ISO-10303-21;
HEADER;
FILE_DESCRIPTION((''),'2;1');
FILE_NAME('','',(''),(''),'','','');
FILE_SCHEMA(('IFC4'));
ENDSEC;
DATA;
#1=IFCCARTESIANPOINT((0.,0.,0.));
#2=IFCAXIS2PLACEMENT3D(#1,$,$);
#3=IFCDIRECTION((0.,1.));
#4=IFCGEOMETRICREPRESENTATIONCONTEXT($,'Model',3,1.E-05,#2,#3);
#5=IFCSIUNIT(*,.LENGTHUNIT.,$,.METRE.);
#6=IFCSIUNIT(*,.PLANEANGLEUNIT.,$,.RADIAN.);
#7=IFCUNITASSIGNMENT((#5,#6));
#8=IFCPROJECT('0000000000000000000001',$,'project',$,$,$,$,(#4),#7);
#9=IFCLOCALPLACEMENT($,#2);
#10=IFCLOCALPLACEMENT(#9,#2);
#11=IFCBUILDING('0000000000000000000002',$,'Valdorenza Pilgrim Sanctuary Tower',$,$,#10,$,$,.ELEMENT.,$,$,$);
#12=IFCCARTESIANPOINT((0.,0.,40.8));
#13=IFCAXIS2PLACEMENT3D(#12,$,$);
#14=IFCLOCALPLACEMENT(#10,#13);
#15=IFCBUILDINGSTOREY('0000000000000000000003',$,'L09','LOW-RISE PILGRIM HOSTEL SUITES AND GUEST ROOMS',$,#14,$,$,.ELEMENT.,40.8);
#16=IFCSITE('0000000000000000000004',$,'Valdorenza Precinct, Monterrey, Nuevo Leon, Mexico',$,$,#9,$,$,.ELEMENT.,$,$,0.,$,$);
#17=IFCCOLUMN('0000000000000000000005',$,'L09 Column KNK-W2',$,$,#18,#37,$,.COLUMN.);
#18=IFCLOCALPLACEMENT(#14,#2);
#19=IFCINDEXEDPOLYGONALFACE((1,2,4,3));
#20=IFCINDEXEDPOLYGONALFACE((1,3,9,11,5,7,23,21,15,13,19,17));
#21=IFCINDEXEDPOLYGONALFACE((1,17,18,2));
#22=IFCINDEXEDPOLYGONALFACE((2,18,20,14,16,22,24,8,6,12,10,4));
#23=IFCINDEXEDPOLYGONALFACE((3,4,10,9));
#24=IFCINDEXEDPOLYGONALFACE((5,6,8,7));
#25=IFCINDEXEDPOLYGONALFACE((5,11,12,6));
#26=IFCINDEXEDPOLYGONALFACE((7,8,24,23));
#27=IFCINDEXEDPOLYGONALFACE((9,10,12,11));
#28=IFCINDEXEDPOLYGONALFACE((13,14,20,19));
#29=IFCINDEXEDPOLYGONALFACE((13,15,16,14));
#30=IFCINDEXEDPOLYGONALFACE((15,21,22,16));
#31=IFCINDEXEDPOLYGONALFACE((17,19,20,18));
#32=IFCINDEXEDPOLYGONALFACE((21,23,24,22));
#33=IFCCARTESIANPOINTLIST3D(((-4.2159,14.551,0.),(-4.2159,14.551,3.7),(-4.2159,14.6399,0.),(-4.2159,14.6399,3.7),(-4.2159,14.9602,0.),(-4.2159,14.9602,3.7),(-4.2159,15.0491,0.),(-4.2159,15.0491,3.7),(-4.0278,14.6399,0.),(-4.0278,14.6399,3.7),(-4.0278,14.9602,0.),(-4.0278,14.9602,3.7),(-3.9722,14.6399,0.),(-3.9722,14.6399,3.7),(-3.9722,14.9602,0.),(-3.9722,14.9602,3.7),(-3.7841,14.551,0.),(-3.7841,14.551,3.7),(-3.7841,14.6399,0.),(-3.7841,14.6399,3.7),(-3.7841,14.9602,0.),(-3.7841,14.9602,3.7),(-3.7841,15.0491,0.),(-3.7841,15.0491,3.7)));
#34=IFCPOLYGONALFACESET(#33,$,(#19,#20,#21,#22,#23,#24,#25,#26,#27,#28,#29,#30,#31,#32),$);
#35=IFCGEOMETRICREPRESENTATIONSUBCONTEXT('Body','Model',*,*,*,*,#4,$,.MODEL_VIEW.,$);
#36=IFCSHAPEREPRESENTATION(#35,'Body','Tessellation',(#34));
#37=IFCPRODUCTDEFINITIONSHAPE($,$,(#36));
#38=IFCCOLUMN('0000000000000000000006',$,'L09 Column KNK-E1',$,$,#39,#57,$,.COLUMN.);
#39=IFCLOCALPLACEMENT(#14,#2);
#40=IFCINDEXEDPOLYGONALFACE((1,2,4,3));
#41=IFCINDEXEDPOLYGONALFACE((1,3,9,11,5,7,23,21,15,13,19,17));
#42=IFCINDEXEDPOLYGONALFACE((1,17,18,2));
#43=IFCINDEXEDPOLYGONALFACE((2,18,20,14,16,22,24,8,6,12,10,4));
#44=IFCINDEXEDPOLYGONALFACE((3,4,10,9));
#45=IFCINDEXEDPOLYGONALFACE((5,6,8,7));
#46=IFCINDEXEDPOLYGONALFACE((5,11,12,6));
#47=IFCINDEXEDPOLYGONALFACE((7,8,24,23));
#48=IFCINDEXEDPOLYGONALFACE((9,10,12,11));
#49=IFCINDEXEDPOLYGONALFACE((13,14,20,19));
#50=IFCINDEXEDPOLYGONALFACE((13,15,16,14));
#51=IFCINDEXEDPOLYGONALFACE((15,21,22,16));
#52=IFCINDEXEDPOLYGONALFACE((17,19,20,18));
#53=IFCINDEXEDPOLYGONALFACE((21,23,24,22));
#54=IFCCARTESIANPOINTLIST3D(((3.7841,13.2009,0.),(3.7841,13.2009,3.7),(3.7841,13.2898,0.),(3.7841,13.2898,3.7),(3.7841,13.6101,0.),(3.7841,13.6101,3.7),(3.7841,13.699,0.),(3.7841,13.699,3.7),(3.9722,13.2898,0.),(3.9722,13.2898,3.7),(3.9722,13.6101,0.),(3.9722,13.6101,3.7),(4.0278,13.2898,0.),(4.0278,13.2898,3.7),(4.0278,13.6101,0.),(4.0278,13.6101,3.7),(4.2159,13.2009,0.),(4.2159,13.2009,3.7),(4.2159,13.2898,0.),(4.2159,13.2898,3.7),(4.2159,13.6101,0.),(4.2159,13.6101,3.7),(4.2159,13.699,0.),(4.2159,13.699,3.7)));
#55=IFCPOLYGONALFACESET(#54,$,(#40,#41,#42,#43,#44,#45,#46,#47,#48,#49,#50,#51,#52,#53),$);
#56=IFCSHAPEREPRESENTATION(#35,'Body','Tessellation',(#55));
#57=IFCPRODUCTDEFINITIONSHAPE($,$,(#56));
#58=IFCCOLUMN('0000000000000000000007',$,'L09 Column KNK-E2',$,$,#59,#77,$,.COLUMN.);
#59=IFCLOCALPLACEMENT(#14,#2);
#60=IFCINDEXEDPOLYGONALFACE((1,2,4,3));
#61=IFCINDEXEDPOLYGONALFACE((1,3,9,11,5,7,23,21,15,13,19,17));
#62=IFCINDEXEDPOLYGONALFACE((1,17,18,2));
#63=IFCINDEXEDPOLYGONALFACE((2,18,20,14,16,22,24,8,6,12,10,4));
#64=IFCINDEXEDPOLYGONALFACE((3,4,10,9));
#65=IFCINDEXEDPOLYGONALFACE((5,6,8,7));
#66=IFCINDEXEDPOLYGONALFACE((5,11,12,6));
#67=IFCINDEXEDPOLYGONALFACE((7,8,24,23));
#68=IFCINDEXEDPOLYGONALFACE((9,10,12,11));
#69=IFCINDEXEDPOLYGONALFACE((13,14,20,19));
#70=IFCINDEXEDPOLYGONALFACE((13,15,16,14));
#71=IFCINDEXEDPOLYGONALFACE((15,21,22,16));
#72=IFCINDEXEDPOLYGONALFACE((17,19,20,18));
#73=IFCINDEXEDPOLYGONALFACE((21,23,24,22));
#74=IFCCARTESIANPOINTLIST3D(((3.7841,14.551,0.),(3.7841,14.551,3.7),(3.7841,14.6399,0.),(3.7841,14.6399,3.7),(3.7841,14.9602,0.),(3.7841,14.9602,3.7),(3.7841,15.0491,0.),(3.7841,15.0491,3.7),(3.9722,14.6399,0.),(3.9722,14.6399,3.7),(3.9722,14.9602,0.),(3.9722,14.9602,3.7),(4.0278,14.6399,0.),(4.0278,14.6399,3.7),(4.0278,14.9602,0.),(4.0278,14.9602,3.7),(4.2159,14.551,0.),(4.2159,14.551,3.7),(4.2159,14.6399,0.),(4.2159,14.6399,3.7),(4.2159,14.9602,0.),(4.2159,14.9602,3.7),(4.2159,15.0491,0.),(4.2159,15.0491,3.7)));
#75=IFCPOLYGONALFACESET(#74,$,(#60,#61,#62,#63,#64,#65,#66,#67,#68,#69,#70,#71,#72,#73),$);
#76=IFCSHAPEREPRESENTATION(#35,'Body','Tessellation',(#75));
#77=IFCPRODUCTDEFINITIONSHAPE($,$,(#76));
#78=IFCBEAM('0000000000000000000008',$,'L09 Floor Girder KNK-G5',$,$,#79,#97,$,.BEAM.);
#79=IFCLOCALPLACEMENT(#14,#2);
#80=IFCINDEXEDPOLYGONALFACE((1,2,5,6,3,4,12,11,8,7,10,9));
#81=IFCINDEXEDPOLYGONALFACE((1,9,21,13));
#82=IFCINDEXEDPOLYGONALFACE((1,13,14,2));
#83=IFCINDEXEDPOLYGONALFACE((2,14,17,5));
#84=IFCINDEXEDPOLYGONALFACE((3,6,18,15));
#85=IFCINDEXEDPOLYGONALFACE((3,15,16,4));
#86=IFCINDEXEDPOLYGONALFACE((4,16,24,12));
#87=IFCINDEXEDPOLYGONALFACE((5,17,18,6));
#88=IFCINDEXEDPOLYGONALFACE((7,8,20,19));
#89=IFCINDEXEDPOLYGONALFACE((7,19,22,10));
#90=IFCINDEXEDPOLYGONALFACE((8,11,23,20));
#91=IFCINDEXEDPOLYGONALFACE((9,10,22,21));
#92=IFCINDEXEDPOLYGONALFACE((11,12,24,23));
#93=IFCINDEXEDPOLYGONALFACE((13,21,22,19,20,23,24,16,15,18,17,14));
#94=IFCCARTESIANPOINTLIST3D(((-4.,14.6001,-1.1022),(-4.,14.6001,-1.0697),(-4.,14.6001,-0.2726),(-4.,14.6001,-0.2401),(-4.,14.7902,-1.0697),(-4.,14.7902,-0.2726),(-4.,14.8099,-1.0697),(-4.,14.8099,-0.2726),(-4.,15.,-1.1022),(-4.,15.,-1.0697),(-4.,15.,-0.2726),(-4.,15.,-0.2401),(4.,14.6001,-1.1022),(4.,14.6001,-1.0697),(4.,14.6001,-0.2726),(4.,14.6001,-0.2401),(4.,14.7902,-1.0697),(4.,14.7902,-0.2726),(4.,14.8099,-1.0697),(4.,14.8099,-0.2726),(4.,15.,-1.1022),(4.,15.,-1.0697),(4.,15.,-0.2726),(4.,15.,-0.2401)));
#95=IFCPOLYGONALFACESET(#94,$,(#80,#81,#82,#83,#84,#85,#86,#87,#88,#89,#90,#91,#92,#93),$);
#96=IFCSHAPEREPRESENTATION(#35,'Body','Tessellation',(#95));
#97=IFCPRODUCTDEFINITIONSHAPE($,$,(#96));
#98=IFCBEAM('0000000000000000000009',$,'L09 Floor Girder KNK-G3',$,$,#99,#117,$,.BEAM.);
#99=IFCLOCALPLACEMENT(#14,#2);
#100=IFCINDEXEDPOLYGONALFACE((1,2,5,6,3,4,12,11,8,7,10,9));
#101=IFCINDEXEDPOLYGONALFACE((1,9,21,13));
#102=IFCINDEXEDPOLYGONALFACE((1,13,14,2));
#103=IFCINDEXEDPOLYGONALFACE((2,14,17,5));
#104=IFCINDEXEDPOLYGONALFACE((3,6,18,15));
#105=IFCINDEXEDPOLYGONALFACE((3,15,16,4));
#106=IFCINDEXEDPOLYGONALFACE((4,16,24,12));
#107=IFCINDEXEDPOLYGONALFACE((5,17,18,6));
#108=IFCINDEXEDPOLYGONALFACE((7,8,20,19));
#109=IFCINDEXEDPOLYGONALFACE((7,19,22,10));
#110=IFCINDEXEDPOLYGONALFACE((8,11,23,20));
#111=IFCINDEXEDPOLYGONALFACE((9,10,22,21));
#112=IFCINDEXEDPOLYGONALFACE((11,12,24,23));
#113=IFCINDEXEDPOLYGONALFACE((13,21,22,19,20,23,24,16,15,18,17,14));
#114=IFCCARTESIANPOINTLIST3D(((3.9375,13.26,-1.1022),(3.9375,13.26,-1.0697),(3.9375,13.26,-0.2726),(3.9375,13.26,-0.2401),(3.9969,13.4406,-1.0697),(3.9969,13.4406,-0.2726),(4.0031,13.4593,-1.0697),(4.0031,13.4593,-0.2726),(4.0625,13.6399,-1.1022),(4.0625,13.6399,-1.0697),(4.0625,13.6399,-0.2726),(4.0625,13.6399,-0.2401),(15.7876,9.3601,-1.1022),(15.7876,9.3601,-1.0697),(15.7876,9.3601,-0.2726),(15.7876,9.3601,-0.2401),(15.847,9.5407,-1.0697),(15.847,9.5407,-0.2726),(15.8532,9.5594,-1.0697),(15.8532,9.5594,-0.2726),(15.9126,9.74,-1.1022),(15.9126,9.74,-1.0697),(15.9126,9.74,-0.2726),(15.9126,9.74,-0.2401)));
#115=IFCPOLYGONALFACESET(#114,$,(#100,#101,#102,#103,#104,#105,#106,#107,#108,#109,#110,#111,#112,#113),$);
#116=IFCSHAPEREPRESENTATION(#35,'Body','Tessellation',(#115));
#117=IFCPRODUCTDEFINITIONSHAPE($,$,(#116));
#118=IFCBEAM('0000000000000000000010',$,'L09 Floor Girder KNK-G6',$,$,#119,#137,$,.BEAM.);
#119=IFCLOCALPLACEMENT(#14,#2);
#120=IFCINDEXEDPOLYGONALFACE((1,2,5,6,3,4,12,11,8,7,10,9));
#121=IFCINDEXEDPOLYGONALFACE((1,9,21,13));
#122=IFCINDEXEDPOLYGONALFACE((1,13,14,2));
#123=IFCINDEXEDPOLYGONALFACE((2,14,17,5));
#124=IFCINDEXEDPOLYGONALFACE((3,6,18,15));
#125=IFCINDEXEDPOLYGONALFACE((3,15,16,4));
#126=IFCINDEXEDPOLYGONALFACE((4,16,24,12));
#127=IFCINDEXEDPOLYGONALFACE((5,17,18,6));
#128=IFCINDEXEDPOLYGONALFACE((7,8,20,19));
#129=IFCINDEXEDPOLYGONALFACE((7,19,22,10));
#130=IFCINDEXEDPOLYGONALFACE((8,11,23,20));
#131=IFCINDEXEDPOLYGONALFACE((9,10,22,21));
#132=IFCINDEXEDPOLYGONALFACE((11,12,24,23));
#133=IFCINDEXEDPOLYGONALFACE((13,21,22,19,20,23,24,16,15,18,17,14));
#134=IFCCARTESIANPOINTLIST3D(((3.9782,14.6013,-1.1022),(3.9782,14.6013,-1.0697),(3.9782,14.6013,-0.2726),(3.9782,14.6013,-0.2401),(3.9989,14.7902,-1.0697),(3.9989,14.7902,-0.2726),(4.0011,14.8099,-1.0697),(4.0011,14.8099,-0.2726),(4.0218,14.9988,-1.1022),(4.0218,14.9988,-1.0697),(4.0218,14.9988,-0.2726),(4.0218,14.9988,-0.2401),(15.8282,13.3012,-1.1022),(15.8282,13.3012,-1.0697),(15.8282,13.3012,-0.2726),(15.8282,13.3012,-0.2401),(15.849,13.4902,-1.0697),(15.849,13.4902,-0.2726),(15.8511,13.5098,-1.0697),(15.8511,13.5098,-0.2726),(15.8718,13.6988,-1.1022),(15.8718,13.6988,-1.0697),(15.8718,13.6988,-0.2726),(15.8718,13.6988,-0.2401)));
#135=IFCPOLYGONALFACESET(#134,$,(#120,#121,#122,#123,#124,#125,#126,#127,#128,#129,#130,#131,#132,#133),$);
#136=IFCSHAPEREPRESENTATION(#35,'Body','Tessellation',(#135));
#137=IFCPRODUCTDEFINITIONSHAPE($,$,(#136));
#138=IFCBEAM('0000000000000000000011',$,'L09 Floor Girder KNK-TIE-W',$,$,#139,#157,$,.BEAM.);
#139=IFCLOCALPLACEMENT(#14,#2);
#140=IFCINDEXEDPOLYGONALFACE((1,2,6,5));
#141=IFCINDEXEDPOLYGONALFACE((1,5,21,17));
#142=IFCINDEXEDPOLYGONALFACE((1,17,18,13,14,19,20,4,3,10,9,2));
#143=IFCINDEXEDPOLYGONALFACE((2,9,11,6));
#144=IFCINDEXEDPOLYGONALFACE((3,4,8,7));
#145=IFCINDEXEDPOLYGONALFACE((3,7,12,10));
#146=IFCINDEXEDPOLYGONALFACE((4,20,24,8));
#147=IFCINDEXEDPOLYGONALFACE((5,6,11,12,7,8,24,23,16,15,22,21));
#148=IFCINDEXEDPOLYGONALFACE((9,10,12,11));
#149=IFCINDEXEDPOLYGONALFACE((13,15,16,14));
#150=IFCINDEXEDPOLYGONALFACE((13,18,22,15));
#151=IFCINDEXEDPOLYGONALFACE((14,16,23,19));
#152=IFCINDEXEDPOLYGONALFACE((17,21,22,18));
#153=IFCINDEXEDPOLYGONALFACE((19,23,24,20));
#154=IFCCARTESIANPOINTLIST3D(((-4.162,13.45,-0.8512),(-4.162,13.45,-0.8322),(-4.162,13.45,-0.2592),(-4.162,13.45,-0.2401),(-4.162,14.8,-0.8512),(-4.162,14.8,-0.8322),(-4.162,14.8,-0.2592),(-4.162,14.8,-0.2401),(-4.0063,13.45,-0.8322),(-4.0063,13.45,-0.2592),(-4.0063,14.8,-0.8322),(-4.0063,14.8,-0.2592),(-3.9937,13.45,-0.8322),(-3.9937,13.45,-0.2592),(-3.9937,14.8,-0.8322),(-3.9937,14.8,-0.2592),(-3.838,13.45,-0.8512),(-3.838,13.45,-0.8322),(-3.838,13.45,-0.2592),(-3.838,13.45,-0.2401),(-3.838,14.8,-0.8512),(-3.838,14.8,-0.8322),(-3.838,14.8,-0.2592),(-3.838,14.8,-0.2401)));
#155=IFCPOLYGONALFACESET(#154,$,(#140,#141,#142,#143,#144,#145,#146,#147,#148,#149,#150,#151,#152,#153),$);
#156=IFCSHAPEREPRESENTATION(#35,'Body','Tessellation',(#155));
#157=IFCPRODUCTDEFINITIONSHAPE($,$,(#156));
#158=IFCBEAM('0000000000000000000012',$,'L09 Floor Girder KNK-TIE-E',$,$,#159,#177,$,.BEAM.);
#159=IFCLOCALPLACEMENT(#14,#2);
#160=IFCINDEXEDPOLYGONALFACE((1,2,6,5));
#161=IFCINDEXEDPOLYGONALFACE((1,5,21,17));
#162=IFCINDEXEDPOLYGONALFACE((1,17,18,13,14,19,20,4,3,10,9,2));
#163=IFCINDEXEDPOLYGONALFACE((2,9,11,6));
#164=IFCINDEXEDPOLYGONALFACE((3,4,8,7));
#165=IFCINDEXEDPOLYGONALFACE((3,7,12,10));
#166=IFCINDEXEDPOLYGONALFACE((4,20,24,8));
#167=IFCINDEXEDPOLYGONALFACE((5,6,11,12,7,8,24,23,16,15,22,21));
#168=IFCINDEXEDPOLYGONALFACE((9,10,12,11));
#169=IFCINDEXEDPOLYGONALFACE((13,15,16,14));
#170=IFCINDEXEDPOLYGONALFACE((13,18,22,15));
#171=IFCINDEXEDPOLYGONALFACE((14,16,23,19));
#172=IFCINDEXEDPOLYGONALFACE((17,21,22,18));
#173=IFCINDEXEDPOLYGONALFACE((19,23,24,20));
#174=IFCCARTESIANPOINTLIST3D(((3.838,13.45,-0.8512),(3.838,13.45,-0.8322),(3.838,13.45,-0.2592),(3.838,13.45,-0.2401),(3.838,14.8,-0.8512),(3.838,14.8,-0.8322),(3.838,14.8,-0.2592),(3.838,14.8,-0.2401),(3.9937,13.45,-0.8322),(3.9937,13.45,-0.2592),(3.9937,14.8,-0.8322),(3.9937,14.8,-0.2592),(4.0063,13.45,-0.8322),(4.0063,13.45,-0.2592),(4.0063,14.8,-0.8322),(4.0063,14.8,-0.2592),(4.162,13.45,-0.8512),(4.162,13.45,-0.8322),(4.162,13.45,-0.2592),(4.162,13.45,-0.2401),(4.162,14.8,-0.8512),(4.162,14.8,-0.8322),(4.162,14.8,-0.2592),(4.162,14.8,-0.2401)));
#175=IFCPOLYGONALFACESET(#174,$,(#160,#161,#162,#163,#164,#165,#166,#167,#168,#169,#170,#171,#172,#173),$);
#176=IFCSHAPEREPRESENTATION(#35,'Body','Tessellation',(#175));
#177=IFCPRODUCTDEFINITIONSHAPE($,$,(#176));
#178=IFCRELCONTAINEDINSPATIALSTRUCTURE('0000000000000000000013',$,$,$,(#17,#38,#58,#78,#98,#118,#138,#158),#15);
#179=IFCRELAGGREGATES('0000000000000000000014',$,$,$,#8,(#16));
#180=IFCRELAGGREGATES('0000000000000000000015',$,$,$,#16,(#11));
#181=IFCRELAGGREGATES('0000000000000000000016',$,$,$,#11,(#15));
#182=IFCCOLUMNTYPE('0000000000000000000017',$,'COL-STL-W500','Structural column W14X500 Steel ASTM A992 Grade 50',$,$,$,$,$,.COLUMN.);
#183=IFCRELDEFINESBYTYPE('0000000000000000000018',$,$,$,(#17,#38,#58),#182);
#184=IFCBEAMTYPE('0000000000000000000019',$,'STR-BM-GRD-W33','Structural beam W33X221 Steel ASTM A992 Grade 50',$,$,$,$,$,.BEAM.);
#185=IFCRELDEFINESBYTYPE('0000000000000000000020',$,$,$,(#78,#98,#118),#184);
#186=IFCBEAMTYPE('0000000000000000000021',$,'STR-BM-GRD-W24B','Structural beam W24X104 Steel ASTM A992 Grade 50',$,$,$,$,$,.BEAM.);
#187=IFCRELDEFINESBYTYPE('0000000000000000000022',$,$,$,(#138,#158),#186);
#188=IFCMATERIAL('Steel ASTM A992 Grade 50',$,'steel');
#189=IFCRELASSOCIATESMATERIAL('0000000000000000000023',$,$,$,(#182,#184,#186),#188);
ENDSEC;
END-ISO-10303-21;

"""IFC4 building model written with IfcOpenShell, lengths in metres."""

from ifc_helpers import new_model, si_unit, direction, frame, origin, origin_2d, place, context, subcontext, project, spatial, i_section, extrude, source, transform, mapped, material, material_profile, profile_set, type_object, element, save


model = new_model("IFC4")

# Units and contexts
model_context = context("Model", 3, precision=1e-05, world=origin(), true_north=direction((0.0, 1.0)))
body_context = subcontext(model_context, "Body", "Model", "MODEL_VIEW")
ifc_project = project(units=[si_unit("LENGTHUNIT", "METRE"), si_unit("PLANEANGLEUNIT", "RADIAN")], contexts=[model_context])

# Site, building, storey
site_placement = place(None, origin())
site = spatial("IfcSite", under=ifc_project, at=site_placement, Name="Valdorenza Precinct, Monterrey, Nuevo Leon, Mexico", CompositionType="ELEMENT", RefElevation=0.0)
building_placement = place(site_placement, origin())
building = spatial("IfcBuilding", under=site, at=building_placement, Name="Valdorenza Pilgrim Sanctuary Tower", CompositionType="ELEMENT")
storey_placement = place(building_placement, frame((0.0, 0.0, 40.8)))
storey = spatial("IfcBuildingStorey", under=building, at=storey_placement, Name="L09", Description="LOW-RISE PILGRIM HOSTEL SUITES AND GUEST ROOMS", CompositionType="ELEMENT", Elevation=40.8)

# Columns
ifc_material_1 = material(Name="Steel ASTM A992 Grade 50", Category="steel")
ifc_material_profile_1 = material_profile(ifc_material_1, i_section(OverallWidth=0.4319, OverallDepth=0.498, WebThickness=0.0557, FlangeThickness=0.0889, at=origin_2d()), Name="W14X500")
ifc_profile_set_1 = profile_set([ifc_material_profile_1], Name="Steel ASTM A992 Grade 50")
column_type = type_object("IfcColumnType", Name="COL-STL-W500", Description="Structural column W14X500 Steel ASTM A992 Grade 50", PredefinedType="COLUMN", material=ifc_profile_set_1)
shared_shape_1 = source(origin(), body_context, "Body", "SweptSolid", [
    extrude(i_section(OverallWidth=0.4319, OverallDepth=0.498, WebThickness=0.0557, FlangeThickness=0.0889, at=origin_2d()), origin(), (0.0, 0.0, 1.0), 3.7),
])
for number, where, z_axis, x_axis, name in (
    (1, (-4.0, 14.8, 0.0), (0.0, 0.0, 1.0), (1.0, 0.0, 0.0), "L09 Column KNK-W2"),
    (2, (4.0, 13.45, 0.0), (0.0, 0.0, 1.0), (1.0, 0.0, 0.0), "L09 Column KNK-E1"),
    (3, (4.0, 14.8, 0.0), (0.0, 0.0, 1.0), (1.0, 0.0, 0.0), "L09 Column KNK-E2"),
):
    element("IfcColumn", number, at=place(storey_placement, frame(where, z_axis=z_axis, x_axis=x_axis)), inside=storey, type_object=column_type, Name=name, PredefinedType="COLUMN", context=body_context, shape_type="MappedRepresentation", body=[
        mapped(shared_shape_1, transform((0.0, 0.0, 0.0), x_axis=(1.0, 0.0, 0.0), y_axis=(0.0, 1.0, 0.0), z_axis=(0.0, 0.0, 1.0), scale=1.0)),
    ])

# Beams
ifc_material_profile_2 = material_profile(ifc_material_1, i_section(OverallWidth=0.3999, OverallDepth=0.8621, WebThickness=0.0198, FlangeThickness=0.0325, at=origin_2d()), Name="W33X221")
ifc_profile_set_2 = profile_set([ifc_material_profile_2], Name="Steel ASTM A992 Grade 50")
beam_type_1 = type_object("IfcBeamType", Name="STR-BM-GRD-W33", Description="Structural beam W33X221 Steel ASTM A992 Grade 50", PredefinedType="BEAM", material=ifc_profile_set_2)
shared_shape_2 = source(origin(), body_context, "Body", "SweptSolid", [
    extrude(i_section(OverallWidth=0.3999, OverallDepth=0.8621, WebThickness=0.0198, FlangeThickness=0.0325, at=origin_2d()), origin(), (0.0, 0.0, 1.0), 8.0),
])
beam_1_placement = place(storey_placement, frame((-4.0, 14.8, -0.6711), z_axis=(1.0, 0.0, 0.0), x_axis=(0.0, 1.0, 0.0)))
element("IfcBeam", 4, at=beam_1_placement, inside=storey, type_object=beam_type_1, Name="L09 Floor Girder KNK-G5", PredefinedType="BEAM", context=body_context, shape_type="MappedRepresentation", body=[
    mapped(shared_shape_2, transform((0.0, 0.0, 0.0), x_axis=(1.0, 0.0, 0.0), y_axis=(0.0, 1.0, 0.0), z_axis=(0.0, 0.0, 1.0), scale=1.0)),
])
shared_shape_3 = source(origin(), body_context, "Body", "SweptSolid", [
    extrude(i_section(OverallWidth=0.3999, OverallDepth=0.8621, WebThickness=0.0198, FlangeThickness=0.0325, at=origin_2d()), origin(), (0.0, 0.0, 1.0), 12.4753),
])
beam_2_placement = place(storey_placement, frame((4.0, 13.45, -0.6711), z_axis=(0.949882, -0.312609, 0.0), x_axis=(0.312609, 0.949882, 0.0)))
element("IfcBeam", 5, at=beam_2_placement, inside=storey, type_object=beam_type_1, Name="L09 Floor Girder KNK-G3", PredefinedType="BEAM", context=body_context, shape_type="MappedRepresentation", body=[
    mapped(shared_shape_3, transform((0.0, 0.0, 0.0), x_axis=(1.0, 0.0, 0.0), y_axis=(0.0, 1.0, 0.0), z_axis=(0.0, 0.0, 1.0), scale=1.0)),
])
shared_shape_4 = source(origin(), body_context, "Body", "SweptSolid", [
    extrude(i_section(OverallWidth=0.3999, OverallDepth=0.8621, WebThickness=0.0198, FlangeThickness=0.0325, at=origin_2d()), origin(), (0.0, 0.0, 1.0), 11.9211),
])
beam_3_placement = place(storey_placement, frame((4.0, 14.8, -0.6711), z_axis=(0.994036, -0.109054, 0.0), x_axis=(0.109054, 0.994036, 0.0)))
element("IfcBeam", 6, at=beam_3_placement, inside=storey, type_object=beam_type_1, Name="L09 Floor Girder KNK-G6", PredefinedType="BEAM", context=body_context, shape_type="MappedRepresentation", body=[
    mapped(shared_shape_4, transform((0.0, 0.0, 0.0), x_axis=(1.0, 0.0, 0.0), y_axis=(0.0, 1.0, 0.0), z_axis=(0.0, 0.0, 1.0), scale=1.0)),
])
ifc_material_profile_3 = material_profile(ifc_material_1, i_section(OverallWidth=0.324, OverallDepth=0.6111, WebThickness=0.0127, FlangeThickness=0.019, at=origin_2d()), Name="W24X104")
ifc_profile_set_3 = profile_set([ifc_material_profile_3], Name="Steel ASTM A992 Grade 50")
beam_type_2 = type_object("IfcBeamType", Name="STR-BM-GRD-W24B", Description="Structural beam W24X104 Steel ASTM A992 Grade 50", PredefinedType="BEAM", material=ifc_profile_set_3)
shared_shape_5 = source(origin(), body_context, "Body", "SweptSolid", [
    extrude(i_section(OverallWidth=0.324, OverallDepth=0.6111, WebThickness=0.0127, FlangeThickness=0.019, at=origin_2d()), origin(), (0.0, 0.0, 1.0), 1.3501),
])
for number, where, z_axis, x_axis, name in (
    (7, (-4.0, 13.45, -0.5457), (0.0, 1.0, 0.0), (-1.0, 0.0, 0.0), "L09 Floor Girder KNK-TIE-W"),
    (8, (4.0, 13.45, -0.5457), (0.0, 1.0, 0.0), (-1.0, 0.0, 0.0), "L09 Floor Girder KNK-TIE-E"),
):
    element("IfcBeam", number, at=place(storey_placement, frame(where, z_axis=z_axis, x_axis=x_axis)), inside=storey, type_object=beam_type_2, Name=name, PredefinedType="BEAM", context=body_context, shape_type="MappedRepresentation", body=[
        mapped(shared_shape_5, transform((0.0, 0.0, 0.0), x_axis=(1.0, 0.0, 0.0), y_axis=(0.0, 1.0, 0.0), z_axis=(0.0, 0.0, 1.0), scale=1.0)),
    ])

save(model, "model.ifc")
